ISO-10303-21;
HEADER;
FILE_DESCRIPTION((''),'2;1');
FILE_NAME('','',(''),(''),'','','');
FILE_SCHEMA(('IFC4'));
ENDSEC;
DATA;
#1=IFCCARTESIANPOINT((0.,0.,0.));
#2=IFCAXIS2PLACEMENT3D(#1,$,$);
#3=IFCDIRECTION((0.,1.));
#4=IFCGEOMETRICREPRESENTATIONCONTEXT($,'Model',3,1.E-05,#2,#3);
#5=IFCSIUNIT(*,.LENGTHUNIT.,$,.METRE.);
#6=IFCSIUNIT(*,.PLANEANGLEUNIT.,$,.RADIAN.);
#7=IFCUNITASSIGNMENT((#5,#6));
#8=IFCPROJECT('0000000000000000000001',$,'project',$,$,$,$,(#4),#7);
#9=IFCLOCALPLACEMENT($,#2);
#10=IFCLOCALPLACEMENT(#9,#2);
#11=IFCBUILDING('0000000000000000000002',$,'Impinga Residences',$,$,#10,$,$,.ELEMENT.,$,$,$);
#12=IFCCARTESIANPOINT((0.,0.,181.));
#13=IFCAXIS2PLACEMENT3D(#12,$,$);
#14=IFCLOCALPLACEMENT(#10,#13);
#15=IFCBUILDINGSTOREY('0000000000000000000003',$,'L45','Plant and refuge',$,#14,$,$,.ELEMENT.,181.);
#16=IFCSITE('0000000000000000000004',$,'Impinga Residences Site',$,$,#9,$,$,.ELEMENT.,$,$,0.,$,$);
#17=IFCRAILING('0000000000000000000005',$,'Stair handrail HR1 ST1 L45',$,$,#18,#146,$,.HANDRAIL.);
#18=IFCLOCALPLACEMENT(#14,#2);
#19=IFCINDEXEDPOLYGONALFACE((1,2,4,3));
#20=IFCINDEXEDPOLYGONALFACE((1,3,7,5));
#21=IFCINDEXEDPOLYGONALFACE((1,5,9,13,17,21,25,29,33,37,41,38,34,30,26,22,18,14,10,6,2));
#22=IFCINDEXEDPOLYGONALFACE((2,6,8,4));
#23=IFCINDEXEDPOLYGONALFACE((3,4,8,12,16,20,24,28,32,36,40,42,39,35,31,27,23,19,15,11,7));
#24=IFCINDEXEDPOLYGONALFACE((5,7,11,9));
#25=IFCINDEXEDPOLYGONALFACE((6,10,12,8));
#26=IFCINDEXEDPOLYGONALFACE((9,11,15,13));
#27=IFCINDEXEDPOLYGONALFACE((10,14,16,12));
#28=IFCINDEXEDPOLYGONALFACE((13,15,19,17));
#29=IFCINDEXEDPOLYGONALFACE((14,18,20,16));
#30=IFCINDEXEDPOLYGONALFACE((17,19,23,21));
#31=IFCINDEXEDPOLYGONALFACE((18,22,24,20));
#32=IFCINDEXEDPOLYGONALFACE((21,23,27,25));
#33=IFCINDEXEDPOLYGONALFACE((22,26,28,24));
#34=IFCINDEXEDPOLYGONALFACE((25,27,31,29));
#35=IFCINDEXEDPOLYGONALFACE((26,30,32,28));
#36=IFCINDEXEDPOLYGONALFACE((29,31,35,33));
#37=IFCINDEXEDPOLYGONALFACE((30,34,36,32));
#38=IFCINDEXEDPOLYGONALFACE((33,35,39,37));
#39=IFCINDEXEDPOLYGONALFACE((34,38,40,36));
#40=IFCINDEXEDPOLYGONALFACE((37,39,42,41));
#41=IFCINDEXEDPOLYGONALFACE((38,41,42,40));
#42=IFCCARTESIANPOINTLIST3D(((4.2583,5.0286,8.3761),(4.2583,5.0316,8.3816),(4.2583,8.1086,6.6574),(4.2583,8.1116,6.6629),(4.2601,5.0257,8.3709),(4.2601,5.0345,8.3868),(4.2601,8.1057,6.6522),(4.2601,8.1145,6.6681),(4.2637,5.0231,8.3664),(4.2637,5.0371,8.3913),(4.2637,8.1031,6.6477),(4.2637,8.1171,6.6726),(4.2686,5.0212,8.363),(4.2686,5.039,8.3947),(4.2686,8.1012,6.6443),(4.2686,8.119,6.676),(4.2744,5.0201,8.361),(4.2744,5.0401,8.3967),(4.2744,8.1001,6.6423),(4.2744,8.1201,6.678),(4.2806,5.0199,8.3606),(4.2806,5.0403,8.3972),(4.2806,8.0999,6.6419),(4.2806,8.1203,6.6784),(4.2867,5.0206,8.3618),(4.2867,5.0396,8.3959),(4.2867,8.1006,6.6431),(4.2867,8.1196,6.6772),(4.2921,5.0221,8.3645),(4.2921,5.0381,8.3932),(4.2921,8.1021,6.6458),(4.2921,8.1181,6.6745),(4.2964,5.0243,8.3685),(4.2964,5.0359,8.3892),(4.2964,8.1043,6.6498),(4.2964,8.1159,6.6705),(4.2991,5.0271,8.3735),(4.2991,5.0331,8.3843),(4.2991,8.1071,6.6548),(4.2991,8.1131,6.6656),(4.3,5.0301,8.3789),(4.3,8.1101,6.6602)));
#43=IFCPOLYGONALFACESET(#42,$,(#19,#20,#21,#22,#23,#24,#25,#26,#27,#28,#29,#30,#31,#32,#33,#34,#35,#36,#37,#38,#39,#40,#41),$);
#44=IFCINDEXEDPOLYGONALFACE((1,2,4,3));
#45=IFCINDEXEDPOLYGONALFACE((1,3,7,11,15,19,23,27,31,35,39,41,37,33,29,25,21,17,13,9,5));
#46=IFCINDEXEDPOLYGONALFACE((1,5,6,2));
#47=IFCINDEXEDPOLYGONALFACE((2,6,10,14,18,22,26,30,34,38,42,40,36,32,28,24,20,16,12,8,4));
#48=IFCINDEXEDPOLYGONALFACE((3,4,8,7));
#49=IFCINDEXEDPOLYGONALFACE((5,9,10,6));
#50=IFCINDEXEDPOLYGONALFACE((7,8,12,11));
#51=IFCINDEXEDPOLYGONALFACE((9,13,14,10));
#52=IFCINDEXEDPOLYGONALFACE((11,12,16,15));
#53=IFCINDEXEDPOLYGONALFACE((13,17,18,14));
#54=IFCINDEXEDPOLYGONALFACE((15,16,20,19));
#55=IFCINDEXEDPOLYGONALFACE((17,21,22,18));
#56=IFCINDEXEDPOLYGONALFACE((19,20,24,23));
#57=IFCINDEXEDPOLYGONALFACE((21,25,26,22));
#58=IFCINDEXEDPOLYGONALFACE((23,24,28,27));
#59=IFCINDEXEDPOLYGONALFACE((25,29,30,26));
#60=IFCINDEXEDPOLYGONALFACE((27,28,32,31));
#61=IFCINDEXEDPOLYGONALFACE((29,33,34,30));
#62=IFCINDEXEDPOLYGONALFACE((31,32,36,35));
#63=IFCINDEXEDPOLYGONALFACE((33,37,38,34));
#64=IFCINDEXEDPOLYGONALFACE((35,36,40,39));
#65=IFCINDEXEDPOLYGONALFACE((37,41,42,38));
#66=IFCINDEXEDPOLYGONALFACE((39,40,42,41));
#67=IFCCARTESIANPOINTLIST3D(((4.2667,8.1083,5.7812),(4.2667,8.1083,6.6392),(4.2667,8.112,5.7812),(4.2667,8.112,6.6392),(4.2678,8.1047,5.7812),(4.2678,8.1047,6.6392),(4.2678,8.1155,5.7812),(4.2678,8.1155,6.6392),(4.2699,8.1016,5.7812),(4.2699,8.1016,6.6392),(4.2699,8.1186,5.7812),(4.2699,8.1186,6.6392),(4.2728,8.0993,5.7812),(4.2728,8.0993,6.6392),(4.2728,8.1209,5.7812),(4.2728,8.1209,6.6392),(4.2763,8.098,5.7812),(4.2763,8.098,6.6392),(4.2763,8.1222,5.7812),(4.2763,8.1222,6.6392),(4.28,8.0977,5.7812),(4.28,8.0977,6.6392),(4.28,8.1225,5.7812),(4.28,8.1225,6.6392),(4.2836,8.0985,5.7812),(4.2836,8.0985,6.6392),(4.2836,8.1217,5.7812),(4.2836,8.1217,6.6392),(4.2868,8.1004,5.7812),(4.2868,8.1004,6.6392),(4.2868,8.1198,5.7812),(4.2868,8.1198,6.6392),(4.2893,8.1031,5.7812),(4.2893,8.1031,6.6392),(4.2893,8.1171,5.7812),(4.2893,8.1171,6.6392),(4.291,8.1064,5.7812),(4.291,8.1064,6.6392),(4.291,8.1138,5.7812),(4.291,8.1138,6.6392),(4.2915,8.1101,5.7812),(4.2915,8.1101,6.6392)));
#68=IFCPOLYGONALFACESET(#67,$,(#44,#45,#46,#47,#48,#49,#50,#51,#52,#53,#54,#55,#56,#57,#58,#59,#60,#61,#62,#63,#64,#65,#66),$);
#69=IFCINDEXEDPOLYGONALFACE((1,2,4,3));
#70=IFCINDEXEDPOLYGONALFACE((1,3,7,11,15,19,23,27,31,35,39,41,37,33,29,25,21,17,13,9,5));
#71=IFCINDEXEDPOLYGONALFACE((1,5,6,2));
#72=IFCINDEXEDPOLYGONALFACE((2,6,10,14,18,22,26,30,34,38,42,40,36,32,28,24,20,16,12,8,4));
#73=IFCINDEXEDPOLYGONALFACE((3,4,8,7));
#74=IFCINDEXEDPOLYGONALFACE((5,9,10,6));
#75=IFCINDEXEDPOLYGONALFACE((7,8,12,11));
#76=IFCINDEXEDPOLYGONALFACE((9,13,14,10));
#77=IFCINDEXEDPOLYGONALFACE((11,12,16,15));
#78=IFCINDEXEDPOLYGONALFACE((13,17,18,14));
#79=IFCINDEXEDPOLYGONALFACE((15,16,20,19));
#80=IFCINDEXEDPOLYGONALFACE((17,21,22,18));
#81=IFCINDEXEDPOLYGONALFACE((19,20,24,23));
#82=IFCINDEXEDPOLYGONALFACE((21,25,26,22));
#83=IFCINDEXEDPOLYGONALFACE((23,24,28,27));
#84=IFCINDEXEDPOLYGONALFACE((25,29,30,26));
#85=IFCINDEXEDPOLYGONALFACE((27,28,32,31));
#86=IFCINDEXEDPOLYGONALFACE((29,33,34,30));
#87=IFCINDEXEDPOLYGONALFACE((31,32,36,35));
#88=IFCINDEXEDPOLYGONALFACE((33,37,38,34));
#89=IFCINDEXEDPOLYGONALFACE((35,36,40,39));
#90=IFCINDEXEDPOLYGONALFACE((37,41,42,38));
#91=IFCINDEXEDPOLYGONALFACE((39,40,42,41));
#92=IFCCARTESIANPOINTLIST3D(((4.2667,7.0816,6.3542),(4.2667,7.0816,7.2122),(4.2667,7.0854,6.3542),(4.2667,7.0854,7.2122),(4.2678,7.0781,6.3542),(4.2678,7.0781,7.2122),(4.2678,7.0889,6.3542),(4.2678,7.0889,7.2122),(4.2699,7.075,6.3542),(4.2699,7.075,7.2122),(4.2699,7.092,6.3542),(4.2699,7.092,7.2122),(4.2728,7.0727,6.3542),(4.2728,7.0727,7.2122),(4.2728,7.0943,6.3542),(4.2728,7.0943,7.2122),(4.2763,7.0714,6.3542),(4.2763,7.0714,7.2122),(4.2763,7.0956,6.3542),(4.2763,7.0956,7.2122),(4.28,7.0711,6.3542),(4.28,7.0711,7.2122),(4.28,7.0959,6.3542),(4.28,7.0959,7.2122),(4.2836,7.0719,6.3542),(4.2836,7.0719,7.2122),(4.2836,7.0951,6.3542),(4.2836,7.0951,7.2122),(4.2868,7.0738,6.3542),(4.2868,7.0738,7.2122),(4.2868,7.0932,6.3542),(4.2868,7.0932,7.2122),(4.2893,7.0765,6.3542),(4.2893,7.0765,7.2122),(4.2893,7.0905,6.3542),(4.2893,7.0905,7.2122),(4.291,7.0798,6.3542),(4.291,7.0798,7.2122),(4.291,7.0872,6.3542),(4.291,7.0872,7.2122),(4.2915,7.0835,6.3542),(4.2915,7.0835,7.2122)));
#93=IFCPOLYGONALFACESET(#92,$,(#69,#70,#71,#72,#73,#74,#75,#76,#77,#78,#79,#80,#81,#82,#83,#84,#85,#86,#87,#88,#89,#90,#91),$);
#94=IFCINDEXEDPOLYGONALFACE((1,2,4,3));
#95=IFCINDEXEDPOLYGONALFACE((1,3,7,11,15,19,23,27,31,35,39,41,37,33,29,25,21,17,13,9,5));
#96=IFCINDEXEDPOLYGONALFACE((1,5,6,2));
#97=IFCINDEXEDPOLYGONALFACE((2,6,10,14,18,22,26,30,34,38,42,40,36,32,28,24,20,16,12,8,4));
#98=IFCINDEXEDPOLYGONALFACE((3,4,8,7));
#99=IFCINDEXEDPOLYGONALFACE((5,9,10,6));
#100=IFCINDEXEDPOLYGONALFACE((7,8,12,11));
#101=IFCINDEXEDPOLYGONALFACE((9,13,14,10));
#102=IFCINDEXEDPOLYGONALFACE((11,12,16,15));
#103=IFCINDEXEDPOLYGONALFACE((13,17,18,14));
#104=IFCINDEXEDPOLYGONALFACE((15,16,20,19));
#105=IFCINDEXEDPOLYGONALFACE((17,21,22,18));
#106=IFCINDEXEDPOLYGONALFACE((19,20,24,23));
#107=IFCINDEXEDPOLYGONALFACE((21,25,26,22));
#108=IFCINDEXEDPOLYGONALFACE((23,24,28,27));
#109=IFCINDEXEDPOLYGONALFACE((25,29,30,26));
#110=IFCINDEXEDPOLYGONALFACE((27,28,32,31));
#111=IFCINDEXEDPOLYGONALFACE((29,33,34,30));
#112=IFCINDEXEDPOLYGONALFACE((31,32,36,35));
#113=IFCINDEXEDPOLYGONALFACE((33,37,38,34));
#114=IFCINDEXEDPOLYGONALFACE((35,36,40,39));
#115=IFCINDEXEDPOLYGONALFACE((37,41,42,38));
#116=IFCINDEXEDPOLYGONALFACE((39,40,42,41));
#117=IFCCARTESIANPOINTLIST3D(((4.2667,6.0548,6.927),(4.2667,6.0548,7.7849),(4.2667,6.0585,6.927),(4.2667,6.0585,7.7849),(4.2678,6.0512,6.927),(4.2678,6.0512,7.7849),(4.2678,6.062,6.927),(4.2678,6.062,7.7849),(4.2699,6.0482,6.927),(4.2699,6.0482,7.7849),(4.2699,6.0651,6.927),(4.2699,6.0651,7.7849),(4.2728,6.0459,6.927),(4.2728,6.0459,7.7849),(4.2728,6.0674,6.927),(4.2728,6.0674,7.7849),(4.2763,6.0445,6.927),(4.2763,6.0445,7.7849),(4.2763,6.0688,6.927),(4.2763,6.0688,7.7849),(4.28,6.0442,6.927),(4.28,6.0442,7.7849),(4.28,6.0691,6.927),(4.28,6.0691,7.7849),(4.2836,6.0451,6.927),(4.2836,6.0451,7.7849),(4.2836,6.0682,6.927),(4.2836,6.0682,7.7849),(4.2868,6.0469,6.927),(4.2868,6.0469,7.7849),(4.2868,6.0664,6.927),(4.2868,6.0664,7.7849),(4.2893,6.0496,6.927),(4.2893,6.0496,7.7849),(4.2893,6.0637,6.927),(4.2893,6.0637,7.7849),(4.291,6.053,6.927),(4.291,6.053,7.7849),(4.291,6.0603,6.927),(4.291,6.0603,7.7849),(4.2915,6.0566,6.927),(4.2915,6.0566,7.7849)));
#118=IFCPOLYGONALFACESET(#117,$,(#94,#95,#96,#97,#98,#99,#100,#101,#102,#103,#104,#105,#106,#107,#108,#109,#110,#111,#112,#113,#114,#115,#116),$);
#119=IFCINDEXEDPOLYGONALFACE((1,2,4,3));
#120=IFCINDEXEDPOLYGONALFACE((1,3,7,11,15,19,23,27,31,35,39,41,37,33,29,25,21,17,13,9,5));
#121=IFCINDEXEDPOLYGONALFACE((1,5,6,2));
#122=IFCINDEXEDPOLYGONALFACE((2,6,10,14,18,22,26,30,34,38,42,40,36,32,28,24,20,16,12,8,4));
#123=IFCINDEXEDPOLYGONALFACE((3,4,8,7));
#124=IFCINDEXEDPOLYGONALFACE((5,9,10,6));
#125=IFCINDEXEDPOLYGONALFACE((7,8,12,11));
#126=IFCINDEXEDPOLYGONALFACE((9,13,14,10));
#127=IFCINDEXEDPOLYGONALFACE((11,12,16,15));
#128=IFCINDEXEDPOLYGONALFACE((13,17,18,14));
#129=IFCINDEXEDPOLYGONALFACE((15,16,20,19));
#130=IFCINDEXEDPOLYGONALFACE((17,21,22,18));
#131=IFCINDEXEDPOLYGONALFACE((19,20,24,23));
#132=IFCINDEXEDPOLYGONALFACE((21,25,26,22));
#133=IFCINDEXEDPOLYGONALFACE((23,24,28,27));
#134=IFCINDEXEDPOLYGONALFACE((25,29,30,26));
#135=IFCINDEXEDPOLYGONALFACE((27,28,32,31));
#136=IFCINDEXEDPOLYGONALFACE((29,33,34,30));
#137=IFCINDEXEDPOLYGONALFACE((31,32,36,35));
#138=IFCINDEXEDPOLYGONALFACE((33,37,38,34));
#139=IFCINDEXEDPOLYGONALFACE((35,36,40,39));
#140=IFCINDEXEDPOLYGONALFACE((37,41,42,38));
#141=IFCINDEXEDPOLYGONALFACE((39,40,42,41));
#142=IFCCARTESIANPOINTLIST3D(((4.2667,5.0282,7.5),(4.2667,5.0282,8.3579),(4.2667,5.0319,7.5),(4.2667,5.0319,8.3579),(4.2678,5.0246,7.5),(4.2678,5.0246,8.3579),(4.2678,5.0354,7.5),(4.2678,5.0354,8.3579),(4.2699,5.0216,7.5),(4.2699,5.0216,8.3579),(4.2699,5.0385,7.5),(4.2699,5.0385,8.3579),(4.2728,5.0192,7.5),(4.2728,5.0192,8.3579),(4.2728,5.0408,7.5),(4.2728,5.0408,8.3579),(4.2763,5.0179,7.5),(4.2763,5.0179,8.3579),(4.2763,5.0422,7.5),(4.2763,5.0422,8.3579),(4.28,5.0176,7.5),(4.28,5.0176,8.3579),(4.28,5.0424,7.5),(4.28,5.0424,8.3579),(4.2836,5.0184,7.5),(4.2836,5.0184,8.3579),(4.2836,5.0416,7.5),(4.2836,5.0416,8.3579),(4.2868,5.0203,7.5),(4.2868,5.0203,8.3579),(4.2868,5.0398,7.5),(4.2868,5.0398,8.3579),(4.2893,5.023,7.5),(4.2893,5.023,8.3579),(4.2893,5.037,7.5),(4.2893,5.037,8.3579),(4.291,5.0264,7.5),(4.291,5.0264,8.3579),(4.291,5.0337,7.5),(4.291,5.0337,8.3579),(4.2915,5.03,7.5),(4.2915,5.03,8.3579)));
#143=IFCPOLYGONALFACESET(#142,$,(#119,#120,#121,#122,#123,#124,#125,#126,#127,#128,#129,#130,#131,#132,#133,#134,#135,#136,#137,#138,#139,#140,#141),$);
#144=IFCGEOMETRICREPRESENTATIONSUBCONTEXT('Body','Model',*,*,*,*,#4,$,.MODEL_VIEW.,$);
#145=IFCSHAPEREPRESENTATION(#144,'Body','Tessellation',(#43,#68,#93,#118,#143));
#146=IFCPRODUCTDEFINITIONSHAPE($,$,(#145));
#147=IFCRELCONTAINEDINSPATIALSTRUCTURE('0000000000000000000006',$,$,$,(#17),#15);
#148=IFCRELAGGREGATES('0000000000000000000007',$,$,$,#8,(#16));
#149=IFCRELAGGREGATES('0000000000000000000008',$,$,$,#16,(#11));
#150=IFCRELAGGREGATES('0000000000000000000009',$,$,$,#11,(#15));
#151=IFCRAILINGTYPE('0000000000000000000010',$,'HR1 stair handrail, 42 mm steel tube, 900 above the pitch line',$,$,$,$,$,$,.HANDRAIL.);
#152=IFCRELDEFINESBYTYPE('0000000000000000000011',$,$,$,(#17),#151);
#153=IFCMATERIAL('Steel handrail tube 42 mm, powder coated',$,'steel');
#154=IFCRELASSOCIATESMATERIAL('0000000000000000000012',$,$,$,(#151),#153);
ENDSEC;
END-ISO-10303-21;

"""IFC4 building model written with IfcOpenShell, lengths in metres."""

from ifc_helpers import new_model, si_unit, direction, frame, origin, origin_2d, place, context, subcontext, project, spatial, circle, extrude, material, type_object, element, save


model = new_model("IFC4")

# Units and contexts
model_context = context("Model", 3, precision=1e-05, world=origin(), true_north=direction((0.0, 1.0)))
body_context = subcontext(model_context, "Body", "Model", "MODEL_VIEW")
ifc_project = project(units=[si_unit("LENGTHUNIT", "METRE"), si_unit("PLANEANGLEUNIT", "RADIAN")], contexts=[model_context])

# Site, building, storey
site_placement = place(None, origin())
site = spatial("IfcSite", under=ifc_project, at=site_placement, Name="Impinga Residences Site", CompositionType="ELEMENT", RefElevation=0.0)
building_placement = place(site_placement, origin())
building = spatial("IfcBuilding", under=site, at=building_placement, Name="Impinga Residences", CompositionType="ELEMENT")
storey_placement = place(building_placement, frame((0.0, 0.0, 181.0)))
storey = spatial("IfcBuildingStorey", under=building, at=storey_placement, Name="L45", Description="Plant and refuge", CompositionType="ELEMENT", Elevation=181.0)

# Railing
ifc_material_1 = material(Name="Steel handrail tube 42 mm, powder coated", Category="steel")
railing_type_1 = type_object("IfcRailingType", Name="HR1 stair handrail, 42 mm steel tube, 900 above the pitch line", PredefinedType="HANDRAIL", material=ifc_material_1)
for number, where, name in (
    (1, (4.2791, 8.1101, 5.7812), "Stair handrail HR1 ST1 L45"),
):
    element("IfcRailing", number, at=place(storey_placement, frame(where)), inside=storey, type_object=railing_type_1, Name=name, PredefinedType="HANDRAIL", context=body_context, shape_type="SweptSolid", body=[
        extrude(circle(Radius=0.021, at=origin_2d()), frame((0.0, 0.0, 0.8789), z_axis=(0.0, -0.873242, 0.487288), x_axis=(1.0, 0.0, 0.0)), (0.0, 0.0, 1.0), 3.5271),
        extrude(circle(Radius=0.0125, at=origin_2d()), origin(), (0.0, 0.0, 1.0), 0.8579),
        extrude(circle(Radius=0.0125, at=origin_2d()), frame((0.0, -1.0266, 0.573)), (0.0, 0.0, 1.0), 0.8579),
        extrude(circle(Radius=0.0125, at=origin_2d()), frame((0.0, -2.0535, 1.1458)), (0.0, 0.0, 1.0), 0.8579),
        extrude(circle(Radius=0.0125, at=origin_2d()), frame((0.0, -3.0801, 1.7188)), (0.0, 0.0, 1.0), 0.8579),
    ])

save(model, "model.ifc")
